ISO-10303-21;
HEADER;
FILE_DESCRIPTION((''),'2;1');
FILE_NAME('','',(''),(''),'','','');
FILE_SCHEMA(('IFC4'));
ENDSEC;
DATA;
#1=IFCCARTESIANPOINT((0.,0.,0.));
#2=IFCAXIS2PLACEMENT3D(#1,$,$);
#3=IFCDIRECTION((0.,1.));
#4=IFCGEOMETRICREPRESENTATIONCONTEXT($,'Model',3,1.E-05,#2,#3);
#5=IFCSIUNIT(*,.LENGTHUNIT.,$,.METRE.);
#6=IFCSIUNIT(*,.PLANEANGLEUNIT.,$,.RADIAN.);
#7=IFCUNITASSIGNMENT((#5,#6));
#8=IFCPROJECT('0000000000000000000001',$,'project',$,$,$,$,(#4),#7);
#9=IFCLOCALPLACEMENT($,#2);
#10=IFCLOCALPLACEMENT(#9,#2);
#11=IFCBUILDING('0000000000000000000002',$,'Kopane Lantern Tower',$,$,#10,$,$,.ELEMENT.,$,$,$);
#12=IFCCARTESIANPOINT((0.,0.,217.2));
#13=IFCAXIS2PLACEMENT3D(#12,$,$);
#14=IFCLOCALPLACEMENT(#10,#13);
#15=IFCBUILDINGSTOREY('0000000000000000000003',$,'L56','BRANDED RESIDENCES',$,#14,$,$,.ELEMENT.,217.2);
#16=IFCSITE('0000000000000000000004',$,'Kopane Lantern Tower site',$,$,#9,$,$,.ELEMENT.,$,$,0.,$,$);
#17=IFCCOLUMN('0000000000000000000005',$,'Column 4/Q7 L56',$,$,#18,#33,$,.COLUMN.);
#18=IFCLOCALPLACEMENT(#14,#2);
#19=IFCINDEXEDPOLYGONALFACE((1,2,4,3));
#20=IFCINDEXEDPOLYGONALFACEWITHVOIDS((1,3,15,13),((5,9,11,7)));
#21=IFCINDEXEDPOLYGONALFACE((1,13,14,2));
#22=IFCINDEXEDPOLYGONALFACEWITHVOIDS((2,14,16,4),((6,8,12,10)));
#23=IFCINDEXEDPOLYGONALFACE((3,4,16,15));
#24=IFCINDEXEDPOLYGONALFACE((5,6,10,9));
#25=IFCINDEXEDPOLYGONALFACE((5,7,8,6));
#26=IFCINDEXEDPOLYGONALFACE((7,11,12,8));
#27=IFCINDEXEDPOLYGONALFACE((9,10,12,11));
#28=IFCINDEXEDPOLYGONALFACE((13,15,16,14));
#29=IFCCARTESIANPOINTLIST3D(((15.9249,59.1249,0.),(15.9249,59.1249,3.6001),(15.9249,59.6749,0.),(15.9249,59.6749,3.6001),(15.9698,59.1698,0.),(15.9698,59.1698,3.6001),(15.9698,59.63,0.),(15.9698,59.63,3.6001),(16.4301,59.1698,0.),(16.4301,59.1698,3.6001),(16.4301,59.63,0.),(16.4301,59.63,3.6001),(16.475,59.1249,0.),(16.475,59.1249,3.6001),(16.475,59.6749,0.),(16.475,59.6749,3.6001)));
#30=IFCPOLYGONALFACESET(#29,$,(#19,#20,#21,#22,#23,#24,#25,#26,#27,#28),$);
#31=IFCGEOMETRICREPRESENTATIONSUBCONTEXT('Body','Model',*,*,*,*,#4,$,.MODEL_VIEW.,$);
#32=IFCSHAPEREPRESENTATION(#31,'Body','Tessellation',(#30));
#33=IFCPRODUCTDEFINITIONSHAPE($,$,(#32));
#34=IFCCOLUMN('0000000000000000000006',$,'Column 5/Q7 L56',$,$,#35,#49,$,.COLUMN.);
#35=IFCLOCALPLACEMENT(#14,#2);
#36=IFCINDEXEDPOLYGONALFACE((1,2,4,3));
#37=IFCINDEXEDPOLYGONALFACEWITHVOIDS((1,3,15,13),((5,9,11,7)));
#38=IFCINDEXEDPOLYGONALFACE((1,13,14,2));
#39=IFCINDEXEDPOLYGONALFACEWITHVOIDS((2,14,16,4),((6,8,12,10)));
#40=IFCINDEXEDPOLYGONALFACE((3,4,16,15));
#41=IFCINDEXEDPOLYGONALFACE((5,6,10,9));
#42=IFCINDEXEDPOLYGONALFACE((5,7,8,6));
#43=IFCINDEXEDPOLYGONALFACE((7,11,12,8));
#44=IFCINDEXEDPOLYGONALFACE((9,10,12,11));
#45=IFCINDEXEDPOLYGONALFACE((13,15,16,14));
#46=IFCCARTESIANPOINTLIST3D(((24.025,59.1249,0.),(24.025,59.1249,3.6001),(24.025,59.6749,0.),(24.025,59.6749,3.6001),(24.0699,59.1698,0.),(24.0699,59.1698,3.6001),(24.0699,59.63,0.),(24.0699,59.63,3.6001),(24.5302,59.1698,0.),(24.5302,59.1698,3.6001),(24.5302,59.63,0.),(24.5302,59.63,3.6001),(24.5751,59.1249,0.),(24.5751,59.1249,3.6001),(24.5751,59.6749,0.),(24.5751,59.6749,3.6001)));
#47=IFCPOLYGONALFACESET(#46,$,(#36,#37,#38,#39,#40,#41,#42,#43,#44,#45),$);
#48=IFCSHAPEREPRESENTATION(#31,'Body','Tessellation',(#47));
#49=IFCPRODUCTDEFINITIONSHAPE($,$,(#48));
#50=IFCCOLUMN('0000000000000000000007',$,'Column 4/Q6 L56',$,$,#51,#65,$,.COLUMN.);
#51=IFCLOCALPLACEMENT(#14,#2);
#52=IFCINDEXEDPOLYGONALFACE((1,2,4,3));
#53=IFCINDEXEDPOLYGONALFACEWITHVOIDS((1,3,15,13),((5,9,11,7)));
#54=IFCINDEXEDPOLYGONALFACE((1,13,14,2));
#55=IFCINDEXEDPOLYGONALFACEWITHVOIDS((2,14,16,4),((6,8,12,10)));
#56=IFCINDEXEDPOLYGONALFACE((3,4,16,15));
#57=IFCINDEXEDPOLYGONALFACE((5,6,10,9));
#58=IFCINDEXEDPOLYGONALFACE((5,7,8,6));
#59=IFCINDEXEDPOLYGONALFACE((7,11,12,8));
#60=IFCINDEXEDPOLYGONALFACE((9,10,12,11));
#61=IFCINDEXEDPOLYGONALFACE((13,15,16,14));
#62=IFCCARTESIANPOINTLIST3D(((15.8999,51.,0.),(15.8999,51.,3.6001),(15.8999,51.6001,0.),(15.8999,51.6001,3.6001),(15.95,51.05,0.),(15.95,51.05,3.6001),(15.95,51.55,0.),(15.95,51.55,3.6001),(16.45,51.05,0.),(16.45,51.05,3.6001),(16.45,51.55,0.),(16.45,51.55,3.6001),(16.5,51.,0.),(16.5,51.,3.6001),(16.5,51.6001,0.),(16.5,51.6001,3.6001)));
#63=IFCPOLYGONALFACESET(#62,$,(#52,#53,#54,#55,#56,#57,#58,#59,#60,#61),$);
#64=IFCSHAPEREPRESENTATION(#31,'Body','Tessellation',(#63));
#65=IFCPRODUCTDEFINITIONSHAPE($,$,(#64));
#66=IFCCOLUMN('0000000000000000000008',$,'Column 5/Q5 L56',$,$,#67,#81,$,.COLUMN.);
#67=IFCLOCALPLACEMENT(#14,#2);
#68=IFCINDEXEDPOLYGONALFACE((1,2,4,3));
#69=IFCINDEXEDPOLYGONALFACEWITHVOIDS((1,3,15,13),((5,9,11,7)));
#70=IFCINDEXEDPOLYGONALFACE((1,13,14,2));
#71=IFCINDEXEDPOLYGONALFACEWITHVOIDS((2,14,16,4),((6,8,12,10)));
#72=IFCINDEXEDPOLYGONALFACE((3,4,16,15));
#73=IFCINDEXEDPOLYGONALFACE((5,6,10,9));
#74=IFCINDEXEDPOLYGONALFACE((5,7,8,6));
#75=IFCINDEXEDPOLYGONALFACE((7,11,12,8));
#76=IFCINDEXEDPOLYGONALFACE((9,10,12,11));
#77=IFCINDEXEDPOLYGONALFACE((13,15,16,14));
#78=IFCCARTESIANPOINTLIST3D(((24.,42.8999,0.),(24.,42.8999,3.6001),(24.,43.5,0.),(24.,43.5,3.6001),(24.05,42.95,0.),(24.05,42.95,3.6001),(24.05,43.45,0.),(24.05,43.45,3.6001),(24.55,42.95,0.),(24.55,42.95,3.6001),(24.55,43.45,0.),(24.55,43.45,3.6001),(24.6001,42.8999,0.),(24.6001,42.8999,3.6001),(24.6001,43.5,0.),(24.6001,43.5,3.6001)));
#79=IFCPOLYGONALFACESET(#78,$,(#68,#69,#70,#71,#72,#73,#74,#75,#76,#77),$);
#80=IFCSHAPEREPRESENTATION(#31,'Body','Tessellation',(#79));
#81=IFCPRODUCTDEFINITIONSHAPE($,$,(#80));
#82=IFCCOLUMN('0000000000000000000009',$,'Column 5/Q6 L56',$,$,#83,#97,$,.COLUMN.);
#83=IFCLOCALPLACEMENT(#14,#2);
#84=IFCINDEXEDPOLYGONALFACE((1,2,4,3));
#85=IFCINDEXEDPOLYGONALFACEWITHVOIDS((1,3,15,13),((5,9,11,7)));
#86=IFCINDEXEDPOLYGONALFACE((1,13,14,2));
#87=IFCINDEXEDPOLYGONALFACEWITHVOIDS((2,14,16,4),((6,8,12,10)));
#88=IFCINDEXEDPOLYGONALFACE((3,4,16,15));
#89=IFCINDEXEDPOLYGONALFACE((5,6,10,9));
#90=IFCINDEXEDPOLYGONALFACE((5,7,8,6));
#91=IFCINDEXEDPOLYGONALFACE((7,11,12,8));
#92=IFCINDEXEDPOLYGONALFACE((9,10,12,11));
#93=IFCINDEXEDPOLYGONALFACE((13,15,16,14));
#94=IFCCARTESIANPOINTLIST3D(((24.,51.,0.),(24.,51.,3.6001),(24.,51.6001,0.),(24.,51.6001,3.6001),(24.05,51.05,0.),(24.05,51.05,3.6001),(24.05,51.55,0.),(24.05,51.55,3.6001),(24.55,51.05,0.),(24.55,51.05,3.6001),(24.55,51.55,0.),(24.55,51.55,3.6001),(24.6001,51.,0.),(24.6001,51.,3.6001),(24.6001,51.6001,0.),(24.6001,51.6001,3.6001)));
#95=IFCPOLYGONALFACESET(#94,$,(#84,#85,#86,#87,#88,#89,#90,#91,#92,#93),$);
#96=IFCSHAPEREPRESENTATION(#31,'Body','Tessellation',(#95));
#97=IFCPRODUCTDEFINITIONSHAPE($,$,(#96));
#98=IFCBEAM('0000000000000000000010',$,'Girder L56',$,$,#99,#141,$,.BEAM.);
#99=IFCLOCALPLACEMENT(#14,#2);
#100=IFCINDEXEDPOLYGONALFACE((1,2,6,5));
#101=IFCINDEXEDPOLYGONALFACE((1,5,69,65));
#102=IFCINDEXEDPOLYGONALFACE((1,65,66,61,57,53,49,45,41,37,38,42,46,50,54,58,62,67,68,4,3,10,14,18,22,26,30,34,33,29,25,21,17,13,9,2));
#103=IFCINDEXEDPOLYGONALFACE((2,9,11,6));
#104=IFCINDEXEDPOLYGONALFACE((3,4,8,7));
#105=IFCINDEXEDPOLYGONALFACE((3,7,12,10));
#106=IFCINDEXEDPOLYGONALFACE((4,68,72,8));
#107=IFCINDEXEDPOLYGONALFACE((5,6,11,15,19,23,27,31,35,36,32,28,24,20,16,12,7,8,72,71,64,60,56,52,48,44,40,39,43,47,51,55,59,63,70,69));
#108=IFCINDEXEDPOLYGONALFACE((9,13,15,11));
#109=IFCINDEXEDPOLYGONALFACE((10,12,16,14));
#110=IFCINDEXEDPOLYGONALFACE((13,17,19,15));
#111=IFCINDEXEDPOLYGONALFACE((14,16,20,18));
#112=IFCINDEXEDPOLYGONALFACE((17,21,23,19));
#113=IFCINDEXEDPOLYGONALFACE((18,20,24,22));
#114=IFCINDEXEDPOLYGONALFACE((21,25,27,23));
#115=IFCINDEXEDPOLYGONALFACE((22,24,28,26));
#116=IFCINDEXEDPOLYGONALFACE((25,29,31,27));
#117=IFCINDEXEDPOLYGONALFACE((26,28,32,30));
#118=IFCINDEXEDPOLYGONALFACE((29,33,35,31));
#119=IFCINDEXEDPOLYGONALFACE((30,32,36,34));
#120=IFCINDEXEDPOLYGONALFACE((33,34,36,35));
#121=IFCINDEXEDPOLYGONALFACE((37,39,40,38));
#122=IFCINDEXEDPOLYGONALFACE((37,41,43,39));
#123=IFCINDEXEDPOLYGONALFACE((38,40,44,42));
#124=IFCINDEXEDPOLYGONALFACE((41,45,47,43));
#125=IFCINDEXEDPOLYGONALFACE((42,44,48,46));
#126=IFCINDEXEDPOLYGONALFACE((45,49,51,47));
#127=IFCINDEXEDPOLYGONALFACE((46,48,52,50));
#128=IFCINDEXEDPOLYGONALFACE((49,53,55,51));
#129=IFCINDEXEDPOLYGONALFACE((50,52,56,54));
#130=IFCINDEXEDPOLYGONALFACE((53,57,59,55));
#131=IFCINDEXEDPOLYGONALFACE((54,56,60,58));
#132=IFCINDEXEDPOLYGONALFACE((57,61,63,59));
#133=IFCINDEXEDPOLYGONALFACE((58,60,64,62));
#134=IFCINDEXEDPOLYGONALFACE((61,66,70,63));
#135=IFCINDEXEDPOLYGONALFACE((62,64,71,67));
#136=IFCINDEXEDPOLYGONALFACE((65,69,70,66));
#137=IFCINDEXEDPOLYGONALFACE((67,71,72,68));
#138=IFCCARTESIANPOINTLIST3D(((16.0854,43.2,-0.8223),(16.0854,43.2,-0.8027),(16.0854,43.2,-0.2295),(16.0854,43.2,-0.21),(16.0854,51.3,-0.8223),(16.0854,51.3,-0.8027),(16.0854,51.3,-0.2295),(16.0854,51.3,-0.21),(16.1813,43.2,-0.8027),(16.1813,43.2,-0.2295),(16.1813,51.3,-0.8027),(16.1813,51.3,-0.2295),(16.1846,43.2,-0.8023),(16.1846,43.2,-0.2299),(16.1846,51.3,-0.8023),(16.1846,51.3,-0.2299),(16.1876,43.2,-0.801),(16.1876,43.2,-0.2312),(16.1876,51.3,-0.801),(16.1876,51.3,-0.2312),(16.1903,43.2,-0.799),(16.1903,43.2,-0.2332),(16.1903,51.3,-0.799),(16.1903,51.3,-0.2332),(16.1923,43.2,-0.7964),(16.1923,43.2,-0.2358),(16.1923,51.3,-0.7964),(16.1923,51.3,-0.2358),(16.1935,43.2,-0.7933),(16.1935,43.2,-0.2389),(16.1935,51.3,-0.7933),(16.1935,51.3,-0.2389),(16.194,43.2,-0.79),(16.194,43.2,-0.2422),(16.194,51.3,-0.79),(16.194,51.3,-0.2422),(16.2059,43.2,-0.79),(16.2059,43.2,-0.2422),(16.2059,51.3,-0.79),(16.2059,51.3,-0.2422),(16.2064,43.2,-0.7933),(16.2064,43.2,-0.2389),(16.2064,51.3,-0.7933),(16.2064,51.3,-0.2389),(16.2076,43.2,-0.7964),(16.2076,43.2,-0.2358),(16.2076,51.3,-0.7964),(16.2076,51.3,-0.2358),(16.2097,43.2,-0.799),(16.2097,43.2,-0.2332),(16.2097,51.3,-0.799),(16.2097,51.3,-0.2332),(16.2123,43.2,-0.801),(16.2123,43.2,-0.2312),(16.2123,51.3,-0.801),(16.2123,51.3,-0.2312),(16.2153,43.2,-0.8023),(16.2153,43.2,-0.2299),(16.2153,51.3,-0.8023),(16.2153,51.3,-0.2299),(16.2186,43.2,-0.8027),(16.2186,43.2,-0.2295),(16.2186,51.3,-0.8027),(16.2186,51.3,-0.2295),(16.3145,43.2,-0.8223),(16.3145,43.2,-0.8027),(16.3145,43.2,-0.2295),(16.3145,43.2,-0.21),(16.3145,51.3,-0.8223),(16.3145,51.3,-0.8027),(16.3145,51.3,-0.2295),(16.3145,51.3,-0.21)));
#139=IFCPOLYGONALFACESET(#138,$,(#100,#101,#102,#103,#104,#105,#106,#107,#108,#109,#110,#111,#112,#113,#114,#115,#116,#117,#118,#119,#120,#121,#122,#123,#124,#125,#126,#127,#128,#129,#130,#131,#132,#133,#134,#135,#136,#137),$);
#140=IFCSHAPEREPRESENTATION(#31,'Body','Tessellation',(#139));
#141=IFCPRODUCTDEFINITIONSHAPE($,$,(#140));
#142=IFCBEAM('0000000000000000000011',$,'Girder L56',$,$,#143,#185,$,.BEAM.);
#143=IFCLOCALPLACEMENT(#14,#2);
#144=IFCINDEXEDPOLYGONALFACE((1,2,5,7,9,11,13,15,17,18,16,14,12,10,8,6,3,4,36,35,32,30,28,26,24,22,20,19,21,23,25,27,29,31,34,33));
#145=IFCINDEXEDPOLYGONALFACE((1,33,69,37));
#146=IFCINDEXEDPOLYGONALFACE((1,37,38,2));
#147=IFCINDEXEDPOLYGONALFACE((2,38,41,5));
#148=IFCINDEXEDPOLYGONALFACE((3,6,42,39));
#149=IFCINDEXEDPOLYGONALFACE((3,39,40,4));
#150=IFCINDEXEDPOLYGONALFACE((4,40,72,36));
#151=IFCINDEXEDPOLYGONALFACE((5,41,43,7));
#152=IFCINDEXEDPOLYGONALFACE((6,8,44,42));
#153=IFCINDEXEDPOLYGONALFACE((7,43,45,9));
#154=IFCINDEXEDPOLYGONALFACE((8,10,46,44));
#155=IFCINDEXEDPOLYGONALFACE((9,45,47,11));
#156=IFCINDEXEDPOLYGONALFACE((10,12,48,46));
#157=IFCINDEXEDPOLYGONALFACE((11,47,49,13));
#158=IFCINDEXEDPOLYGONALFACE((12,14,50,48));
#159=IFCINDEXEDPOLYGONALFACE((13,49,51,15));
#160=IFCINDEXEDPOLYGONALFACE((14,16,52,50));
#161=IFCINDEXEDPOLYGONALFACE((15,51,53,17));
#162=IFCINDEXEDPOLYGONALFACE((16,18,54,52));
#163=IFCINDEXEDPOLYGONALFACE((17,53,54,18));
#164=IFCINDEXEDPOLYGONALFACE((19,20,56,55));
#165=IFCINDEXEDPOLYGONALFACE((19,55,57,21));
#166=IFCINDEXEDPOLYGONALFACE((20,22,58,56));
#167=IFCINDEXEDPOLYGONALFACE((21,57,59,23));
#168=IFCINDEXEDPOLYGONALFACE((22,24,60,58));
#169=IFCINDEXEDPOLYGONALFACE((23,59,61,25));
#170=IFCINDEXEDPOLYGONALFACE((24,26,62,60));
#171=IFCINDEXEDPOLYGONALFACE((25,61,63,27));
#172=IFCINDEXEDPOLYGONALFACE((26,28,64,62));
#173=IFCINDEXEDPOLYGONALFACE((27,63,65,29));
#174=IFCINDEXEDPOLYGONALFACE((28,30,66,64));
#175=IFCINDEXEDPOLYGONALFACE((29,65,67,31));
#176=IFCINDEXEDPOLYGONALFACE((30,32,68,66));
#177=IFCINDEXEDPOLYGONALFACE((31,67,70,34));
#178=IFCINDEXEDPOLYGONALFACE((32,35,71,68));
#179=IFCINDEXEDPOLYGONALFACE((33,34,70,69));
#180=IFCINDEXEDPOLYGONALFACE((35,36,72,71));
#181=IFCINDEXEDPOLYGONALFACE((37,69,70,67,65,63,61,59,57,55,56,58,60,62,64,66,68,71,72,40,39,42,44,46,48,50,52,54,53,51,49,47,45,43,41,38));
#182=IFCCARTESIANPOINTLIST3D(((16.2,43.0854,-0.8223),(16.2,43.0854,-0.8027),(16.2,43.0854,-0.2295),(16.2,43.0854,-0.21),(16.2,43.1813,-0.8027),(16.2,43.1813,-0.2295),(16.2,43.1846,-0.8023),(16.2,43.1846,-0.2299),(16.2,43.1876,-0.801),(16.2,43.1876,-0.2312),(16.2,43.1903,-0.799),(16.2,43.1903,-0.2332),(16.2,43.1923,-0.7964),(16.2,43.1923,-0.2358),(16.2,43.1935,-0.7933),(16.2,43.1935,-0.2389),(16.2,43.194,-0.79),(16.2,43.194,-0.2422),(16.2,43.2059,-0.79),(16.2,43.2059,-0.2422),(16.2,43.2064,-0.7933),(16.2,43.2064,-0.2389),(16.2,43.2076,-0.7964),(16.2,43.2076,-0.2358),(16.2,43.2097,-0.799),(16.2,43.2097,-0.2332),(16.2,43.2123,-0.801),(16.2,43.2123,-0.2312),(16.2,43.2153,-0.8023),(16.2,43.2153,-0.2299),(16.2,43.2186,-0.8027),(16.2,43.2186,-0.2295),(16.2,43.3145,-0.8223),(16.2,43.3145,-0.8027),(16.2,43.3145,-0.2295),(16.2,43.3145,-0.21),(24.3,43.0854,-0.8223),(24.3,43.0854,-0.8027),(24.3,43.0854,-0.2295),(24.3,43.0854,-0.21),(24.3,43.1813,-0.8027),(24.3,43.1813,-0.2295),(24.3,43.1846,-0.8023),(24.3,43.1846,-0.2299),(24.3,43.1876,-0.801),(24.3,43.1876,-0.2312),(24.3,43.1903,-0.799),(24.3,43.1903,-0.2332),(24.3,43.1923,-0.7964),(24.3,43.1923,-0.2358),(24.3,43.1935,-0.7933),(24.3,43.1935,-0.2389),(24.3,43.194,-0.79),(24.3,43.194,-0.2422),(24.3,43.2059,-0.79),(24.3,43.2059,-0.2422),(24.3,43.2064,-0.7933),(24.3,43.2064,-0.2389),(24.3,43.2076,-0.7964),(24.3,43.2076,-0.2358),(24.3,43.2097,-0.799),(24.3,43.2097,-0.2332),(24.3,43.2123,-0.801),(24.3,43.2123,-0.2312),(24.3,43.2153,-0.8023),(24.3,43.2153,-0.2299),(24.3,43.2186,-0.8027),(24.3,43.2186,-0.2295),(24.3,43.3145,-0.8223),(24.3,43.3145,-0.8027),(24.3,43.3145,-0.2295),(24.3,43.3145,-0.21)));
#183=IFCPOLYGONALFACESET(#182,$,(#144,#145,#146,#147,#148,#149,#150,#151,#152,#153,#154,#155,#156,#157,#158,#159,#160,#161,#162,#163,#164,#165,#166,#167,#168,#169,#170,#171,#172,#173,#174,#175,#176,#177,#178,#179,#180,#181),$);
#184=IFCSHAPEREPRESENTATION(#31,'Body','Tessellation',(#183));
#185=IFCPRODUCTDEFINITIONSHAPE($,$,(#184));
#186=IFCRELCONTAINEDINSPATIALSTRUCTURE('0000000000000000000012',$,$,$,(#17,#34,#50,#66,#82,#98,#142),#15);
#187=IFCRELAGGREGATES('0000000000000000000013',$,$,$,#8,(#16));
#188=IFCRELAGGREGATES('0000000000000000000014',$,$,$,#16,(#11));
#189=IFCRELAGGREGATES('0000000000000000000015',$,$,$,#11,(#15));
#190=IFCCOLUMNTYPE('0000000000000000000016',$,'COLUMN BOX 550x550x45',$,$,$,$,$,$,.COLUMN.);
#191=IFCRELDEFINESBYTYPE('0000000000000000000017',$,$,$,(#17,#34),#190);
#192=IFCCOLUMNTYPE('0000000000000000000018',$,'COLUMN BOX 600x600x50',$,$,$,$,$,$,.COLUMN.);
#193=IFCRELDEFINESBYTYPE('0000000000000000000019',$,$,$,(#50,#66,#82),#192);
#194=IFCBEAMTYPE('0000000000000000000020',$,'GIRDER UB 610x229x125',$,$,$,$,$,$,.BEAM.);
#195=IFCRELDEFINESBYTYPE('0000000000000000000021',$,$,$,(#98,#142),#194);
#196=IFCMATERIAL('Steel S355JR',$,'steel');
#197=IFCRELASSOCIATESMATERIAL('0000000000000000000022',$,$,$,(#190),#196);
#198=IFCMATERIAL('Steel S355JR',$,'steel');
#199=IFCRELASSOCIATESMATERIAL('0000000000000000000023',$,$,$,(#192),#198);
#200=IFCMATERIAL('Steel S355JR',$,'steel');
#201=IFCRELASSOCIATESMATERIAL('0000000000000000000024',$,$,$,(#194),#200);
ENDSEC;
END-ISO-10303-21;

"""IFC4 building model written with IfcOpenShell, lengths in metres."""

from ifc_helpers import new_model, si_unit, direction, frame, origin, origin_2d, place, context, subcontext, project, spatial, hollow_rectangle, i_section, extrude, material, material_profile, profile_set, type_object, element, save


model = new_model("IFC4")

# Units and contexts
model_context = context("Model", 3, precision=1e-05, world=origin(), true_north=direction((0.0, 1.0)))
body_context = subcontext(model_context, "Body", "Model", "MODEL_VIEW")
ifc_project = project(units=[si_unit("LENGTHUNIT", "METRE"), si_unit("PLANEANGLEUNIT", "RADIAN")], contexts=[model_context])

# Site, building, storey
site_placement = place(None, origin())
site = spatial("IfcSite", under=ifc_project, at=site_placement, Name="Kopane Lantern Tower site", CompositionType="ELEMENT", RefElevation=0.0)
building_placement = place(site_placement, origin())
building = spatial("IfcBuilding", under=site, at=building_placement, Name="Kopane Lantern Tower", CompositionType="ELEMENT")
storey_placement = place(building_placement, frame((0.0, 0.0, 217.2)))
storey = spatial("IfcBuildingStorey", under=building, at=storey_placement, Name="L56", Description="BRANDED RESIDENCES", CompositionType="ELEMENT", Elevation=217.2)

# Columns
ifc_material_1 = material(Name="Steel S355JR", Category="steel")
ifc_material_profile_1 = material_profile(ifc_material_1, hollow_rectangle(XDim=0.55, YDim=0.55, WallThickness=0.0449, at=origin_2d()), Name="BOX 550x550x45")
ifc_profile_set_1 = profile_set([ifc_material_profile_1], Name="Steel S355JR")
column_type_1 = type_object("IfcColumnType", Name="COLUMN BOX 550x550x45", PredefinedType="COLUMN", material=ifc_profile_set_1)
for number, where, z_axis, x_axis, name in (
    (1, (16.2, 59.3999, 0.0), (0.0, 0.0, 1.0), (1.0, 0.0, 0.0), "Column 4/Q7 L56"),
    (2, (24.3, 59.3999, 0.0), (0.0, 0.0, 1.0), (1.0, 0.0, 0.0), "Column 5/Q7 L56"),
):
    element("IfcColumn", number, at=place(storey_placement, frame(where, z_axis=z_axis, x_axis=x_axis)), inside=storey, type_object=column_type_1, Name=name, PredefinedType="COLUMN", context=body_context, shape_type="SweptSolid", body=[
        extrude(hollow_rectangle(XDim=0.55, YDim=0.55, WallThickness=0.0449, at=origin_2d()), origin(), (0.0, 0.0, 1.0), 3.6001),
    ])
ifc_material_2 = material(Name="Steel S355JR", Category="steel")
ifc_material_profile_2 = material_profile(ifc_material_2, hollow_rectangle(XDim=0.6001, YDim=0.6001, WallThickness=0.05, at=origin_2d()), Name="BOX 600x600x50")
ifc_profile_set_2 = profile_set([ifc_material_profile_2], Name="Steel S355JR")
column_type_2 = type_object("IfcColumnType", Name="COLUMN BOX 600x600x50", PredefinedType="COLUMN", material=ifc_profile_set_2)
for number, where, z_axis, x_axis, name in (
    (3, (16.2, 51.3, 0.0), (0.0, 0.0, 1.0), (1.0, 0.0, 0.0), "Column 4/Q6 L56"),
    (4, (24.3, 43.2, 0.0), (0.0, 0.0, 1.0), (1.0, 0.0, 0.0), "Column 5/Q5 L56"),
    (5, (24.3, 51.3, 0.0), (0.0, 0.0, 1.0), (1.0, 0.0, 0.0), "Column 5/Q6 L56"),
):
    element("IfcColumn", number, at=place(storey_placement, frame(where, z_axis=z_axis, x_axis=x_axis)), inside=storey, type_object=column_type_2, Name=name, PredefinedType="COLUMN", context=body_context, shape_type="SweptSolid", body=[
        extrude(hollow_rectangle(XDim=0.6001, YDim=0.6001, WallThickness=0.05, at=origin_2d()), origin(), (0.0, 0.0, 1.0), 3.6001),
    ])

# Beams
ifc_material_3 = material(Name="Steel S355JR", Category="steel")
ifc_material_profile_3 = material_profile(ifc_material_3, i_section(OverallWidth=0.229, OverallDepth=0.6123, WebThickness=0.012, FlangeThickness=0.0195, FilletRadius=0.0127, at=origin_2d()), Name="UB 610x229x125")
ifc_profile_set_3 = profile_set([ifc_material_profile_3], Name="Steel S355JR")
beam_type = type_object("IfcBeamType", Name="GIRDER UB 610x229x125", PredefinedType="BEAM", material=ifc_profile_set_3)
for number, where, z_axis, x_axis, name in (
    (6, (16.2, 43.2, -0.5161), (0.0, 1.0, 0.0), (-1.0, 0.0, 0.0), "Girder L56"),
    (7, (16.2, 43.2, -0.5161), (1.0, 0.0, 0.0), (0.0, 1.0, 0.0), "Girder L56"),
):
    element("IfcBeam", number, at=place(storey_placement, frame(where, z_axis=z_axis, x_axis=x_axis)), inside=storey, type_object=beam_type, Name=name, PredefinedType="BEAM", context=body_context, shape_type="SweptSolid", body=[
        extrude(i_section(OverallWidth=0.229, OverallDepth=0.6123, WebThickness=0.012, FlangeThickness=0.0195, FilletRadius=0.0127, at=origin_2d()), origin(), (0.0, 0.0, 1.0), 8.1001),
    ])

save(model, "model.ifc")
